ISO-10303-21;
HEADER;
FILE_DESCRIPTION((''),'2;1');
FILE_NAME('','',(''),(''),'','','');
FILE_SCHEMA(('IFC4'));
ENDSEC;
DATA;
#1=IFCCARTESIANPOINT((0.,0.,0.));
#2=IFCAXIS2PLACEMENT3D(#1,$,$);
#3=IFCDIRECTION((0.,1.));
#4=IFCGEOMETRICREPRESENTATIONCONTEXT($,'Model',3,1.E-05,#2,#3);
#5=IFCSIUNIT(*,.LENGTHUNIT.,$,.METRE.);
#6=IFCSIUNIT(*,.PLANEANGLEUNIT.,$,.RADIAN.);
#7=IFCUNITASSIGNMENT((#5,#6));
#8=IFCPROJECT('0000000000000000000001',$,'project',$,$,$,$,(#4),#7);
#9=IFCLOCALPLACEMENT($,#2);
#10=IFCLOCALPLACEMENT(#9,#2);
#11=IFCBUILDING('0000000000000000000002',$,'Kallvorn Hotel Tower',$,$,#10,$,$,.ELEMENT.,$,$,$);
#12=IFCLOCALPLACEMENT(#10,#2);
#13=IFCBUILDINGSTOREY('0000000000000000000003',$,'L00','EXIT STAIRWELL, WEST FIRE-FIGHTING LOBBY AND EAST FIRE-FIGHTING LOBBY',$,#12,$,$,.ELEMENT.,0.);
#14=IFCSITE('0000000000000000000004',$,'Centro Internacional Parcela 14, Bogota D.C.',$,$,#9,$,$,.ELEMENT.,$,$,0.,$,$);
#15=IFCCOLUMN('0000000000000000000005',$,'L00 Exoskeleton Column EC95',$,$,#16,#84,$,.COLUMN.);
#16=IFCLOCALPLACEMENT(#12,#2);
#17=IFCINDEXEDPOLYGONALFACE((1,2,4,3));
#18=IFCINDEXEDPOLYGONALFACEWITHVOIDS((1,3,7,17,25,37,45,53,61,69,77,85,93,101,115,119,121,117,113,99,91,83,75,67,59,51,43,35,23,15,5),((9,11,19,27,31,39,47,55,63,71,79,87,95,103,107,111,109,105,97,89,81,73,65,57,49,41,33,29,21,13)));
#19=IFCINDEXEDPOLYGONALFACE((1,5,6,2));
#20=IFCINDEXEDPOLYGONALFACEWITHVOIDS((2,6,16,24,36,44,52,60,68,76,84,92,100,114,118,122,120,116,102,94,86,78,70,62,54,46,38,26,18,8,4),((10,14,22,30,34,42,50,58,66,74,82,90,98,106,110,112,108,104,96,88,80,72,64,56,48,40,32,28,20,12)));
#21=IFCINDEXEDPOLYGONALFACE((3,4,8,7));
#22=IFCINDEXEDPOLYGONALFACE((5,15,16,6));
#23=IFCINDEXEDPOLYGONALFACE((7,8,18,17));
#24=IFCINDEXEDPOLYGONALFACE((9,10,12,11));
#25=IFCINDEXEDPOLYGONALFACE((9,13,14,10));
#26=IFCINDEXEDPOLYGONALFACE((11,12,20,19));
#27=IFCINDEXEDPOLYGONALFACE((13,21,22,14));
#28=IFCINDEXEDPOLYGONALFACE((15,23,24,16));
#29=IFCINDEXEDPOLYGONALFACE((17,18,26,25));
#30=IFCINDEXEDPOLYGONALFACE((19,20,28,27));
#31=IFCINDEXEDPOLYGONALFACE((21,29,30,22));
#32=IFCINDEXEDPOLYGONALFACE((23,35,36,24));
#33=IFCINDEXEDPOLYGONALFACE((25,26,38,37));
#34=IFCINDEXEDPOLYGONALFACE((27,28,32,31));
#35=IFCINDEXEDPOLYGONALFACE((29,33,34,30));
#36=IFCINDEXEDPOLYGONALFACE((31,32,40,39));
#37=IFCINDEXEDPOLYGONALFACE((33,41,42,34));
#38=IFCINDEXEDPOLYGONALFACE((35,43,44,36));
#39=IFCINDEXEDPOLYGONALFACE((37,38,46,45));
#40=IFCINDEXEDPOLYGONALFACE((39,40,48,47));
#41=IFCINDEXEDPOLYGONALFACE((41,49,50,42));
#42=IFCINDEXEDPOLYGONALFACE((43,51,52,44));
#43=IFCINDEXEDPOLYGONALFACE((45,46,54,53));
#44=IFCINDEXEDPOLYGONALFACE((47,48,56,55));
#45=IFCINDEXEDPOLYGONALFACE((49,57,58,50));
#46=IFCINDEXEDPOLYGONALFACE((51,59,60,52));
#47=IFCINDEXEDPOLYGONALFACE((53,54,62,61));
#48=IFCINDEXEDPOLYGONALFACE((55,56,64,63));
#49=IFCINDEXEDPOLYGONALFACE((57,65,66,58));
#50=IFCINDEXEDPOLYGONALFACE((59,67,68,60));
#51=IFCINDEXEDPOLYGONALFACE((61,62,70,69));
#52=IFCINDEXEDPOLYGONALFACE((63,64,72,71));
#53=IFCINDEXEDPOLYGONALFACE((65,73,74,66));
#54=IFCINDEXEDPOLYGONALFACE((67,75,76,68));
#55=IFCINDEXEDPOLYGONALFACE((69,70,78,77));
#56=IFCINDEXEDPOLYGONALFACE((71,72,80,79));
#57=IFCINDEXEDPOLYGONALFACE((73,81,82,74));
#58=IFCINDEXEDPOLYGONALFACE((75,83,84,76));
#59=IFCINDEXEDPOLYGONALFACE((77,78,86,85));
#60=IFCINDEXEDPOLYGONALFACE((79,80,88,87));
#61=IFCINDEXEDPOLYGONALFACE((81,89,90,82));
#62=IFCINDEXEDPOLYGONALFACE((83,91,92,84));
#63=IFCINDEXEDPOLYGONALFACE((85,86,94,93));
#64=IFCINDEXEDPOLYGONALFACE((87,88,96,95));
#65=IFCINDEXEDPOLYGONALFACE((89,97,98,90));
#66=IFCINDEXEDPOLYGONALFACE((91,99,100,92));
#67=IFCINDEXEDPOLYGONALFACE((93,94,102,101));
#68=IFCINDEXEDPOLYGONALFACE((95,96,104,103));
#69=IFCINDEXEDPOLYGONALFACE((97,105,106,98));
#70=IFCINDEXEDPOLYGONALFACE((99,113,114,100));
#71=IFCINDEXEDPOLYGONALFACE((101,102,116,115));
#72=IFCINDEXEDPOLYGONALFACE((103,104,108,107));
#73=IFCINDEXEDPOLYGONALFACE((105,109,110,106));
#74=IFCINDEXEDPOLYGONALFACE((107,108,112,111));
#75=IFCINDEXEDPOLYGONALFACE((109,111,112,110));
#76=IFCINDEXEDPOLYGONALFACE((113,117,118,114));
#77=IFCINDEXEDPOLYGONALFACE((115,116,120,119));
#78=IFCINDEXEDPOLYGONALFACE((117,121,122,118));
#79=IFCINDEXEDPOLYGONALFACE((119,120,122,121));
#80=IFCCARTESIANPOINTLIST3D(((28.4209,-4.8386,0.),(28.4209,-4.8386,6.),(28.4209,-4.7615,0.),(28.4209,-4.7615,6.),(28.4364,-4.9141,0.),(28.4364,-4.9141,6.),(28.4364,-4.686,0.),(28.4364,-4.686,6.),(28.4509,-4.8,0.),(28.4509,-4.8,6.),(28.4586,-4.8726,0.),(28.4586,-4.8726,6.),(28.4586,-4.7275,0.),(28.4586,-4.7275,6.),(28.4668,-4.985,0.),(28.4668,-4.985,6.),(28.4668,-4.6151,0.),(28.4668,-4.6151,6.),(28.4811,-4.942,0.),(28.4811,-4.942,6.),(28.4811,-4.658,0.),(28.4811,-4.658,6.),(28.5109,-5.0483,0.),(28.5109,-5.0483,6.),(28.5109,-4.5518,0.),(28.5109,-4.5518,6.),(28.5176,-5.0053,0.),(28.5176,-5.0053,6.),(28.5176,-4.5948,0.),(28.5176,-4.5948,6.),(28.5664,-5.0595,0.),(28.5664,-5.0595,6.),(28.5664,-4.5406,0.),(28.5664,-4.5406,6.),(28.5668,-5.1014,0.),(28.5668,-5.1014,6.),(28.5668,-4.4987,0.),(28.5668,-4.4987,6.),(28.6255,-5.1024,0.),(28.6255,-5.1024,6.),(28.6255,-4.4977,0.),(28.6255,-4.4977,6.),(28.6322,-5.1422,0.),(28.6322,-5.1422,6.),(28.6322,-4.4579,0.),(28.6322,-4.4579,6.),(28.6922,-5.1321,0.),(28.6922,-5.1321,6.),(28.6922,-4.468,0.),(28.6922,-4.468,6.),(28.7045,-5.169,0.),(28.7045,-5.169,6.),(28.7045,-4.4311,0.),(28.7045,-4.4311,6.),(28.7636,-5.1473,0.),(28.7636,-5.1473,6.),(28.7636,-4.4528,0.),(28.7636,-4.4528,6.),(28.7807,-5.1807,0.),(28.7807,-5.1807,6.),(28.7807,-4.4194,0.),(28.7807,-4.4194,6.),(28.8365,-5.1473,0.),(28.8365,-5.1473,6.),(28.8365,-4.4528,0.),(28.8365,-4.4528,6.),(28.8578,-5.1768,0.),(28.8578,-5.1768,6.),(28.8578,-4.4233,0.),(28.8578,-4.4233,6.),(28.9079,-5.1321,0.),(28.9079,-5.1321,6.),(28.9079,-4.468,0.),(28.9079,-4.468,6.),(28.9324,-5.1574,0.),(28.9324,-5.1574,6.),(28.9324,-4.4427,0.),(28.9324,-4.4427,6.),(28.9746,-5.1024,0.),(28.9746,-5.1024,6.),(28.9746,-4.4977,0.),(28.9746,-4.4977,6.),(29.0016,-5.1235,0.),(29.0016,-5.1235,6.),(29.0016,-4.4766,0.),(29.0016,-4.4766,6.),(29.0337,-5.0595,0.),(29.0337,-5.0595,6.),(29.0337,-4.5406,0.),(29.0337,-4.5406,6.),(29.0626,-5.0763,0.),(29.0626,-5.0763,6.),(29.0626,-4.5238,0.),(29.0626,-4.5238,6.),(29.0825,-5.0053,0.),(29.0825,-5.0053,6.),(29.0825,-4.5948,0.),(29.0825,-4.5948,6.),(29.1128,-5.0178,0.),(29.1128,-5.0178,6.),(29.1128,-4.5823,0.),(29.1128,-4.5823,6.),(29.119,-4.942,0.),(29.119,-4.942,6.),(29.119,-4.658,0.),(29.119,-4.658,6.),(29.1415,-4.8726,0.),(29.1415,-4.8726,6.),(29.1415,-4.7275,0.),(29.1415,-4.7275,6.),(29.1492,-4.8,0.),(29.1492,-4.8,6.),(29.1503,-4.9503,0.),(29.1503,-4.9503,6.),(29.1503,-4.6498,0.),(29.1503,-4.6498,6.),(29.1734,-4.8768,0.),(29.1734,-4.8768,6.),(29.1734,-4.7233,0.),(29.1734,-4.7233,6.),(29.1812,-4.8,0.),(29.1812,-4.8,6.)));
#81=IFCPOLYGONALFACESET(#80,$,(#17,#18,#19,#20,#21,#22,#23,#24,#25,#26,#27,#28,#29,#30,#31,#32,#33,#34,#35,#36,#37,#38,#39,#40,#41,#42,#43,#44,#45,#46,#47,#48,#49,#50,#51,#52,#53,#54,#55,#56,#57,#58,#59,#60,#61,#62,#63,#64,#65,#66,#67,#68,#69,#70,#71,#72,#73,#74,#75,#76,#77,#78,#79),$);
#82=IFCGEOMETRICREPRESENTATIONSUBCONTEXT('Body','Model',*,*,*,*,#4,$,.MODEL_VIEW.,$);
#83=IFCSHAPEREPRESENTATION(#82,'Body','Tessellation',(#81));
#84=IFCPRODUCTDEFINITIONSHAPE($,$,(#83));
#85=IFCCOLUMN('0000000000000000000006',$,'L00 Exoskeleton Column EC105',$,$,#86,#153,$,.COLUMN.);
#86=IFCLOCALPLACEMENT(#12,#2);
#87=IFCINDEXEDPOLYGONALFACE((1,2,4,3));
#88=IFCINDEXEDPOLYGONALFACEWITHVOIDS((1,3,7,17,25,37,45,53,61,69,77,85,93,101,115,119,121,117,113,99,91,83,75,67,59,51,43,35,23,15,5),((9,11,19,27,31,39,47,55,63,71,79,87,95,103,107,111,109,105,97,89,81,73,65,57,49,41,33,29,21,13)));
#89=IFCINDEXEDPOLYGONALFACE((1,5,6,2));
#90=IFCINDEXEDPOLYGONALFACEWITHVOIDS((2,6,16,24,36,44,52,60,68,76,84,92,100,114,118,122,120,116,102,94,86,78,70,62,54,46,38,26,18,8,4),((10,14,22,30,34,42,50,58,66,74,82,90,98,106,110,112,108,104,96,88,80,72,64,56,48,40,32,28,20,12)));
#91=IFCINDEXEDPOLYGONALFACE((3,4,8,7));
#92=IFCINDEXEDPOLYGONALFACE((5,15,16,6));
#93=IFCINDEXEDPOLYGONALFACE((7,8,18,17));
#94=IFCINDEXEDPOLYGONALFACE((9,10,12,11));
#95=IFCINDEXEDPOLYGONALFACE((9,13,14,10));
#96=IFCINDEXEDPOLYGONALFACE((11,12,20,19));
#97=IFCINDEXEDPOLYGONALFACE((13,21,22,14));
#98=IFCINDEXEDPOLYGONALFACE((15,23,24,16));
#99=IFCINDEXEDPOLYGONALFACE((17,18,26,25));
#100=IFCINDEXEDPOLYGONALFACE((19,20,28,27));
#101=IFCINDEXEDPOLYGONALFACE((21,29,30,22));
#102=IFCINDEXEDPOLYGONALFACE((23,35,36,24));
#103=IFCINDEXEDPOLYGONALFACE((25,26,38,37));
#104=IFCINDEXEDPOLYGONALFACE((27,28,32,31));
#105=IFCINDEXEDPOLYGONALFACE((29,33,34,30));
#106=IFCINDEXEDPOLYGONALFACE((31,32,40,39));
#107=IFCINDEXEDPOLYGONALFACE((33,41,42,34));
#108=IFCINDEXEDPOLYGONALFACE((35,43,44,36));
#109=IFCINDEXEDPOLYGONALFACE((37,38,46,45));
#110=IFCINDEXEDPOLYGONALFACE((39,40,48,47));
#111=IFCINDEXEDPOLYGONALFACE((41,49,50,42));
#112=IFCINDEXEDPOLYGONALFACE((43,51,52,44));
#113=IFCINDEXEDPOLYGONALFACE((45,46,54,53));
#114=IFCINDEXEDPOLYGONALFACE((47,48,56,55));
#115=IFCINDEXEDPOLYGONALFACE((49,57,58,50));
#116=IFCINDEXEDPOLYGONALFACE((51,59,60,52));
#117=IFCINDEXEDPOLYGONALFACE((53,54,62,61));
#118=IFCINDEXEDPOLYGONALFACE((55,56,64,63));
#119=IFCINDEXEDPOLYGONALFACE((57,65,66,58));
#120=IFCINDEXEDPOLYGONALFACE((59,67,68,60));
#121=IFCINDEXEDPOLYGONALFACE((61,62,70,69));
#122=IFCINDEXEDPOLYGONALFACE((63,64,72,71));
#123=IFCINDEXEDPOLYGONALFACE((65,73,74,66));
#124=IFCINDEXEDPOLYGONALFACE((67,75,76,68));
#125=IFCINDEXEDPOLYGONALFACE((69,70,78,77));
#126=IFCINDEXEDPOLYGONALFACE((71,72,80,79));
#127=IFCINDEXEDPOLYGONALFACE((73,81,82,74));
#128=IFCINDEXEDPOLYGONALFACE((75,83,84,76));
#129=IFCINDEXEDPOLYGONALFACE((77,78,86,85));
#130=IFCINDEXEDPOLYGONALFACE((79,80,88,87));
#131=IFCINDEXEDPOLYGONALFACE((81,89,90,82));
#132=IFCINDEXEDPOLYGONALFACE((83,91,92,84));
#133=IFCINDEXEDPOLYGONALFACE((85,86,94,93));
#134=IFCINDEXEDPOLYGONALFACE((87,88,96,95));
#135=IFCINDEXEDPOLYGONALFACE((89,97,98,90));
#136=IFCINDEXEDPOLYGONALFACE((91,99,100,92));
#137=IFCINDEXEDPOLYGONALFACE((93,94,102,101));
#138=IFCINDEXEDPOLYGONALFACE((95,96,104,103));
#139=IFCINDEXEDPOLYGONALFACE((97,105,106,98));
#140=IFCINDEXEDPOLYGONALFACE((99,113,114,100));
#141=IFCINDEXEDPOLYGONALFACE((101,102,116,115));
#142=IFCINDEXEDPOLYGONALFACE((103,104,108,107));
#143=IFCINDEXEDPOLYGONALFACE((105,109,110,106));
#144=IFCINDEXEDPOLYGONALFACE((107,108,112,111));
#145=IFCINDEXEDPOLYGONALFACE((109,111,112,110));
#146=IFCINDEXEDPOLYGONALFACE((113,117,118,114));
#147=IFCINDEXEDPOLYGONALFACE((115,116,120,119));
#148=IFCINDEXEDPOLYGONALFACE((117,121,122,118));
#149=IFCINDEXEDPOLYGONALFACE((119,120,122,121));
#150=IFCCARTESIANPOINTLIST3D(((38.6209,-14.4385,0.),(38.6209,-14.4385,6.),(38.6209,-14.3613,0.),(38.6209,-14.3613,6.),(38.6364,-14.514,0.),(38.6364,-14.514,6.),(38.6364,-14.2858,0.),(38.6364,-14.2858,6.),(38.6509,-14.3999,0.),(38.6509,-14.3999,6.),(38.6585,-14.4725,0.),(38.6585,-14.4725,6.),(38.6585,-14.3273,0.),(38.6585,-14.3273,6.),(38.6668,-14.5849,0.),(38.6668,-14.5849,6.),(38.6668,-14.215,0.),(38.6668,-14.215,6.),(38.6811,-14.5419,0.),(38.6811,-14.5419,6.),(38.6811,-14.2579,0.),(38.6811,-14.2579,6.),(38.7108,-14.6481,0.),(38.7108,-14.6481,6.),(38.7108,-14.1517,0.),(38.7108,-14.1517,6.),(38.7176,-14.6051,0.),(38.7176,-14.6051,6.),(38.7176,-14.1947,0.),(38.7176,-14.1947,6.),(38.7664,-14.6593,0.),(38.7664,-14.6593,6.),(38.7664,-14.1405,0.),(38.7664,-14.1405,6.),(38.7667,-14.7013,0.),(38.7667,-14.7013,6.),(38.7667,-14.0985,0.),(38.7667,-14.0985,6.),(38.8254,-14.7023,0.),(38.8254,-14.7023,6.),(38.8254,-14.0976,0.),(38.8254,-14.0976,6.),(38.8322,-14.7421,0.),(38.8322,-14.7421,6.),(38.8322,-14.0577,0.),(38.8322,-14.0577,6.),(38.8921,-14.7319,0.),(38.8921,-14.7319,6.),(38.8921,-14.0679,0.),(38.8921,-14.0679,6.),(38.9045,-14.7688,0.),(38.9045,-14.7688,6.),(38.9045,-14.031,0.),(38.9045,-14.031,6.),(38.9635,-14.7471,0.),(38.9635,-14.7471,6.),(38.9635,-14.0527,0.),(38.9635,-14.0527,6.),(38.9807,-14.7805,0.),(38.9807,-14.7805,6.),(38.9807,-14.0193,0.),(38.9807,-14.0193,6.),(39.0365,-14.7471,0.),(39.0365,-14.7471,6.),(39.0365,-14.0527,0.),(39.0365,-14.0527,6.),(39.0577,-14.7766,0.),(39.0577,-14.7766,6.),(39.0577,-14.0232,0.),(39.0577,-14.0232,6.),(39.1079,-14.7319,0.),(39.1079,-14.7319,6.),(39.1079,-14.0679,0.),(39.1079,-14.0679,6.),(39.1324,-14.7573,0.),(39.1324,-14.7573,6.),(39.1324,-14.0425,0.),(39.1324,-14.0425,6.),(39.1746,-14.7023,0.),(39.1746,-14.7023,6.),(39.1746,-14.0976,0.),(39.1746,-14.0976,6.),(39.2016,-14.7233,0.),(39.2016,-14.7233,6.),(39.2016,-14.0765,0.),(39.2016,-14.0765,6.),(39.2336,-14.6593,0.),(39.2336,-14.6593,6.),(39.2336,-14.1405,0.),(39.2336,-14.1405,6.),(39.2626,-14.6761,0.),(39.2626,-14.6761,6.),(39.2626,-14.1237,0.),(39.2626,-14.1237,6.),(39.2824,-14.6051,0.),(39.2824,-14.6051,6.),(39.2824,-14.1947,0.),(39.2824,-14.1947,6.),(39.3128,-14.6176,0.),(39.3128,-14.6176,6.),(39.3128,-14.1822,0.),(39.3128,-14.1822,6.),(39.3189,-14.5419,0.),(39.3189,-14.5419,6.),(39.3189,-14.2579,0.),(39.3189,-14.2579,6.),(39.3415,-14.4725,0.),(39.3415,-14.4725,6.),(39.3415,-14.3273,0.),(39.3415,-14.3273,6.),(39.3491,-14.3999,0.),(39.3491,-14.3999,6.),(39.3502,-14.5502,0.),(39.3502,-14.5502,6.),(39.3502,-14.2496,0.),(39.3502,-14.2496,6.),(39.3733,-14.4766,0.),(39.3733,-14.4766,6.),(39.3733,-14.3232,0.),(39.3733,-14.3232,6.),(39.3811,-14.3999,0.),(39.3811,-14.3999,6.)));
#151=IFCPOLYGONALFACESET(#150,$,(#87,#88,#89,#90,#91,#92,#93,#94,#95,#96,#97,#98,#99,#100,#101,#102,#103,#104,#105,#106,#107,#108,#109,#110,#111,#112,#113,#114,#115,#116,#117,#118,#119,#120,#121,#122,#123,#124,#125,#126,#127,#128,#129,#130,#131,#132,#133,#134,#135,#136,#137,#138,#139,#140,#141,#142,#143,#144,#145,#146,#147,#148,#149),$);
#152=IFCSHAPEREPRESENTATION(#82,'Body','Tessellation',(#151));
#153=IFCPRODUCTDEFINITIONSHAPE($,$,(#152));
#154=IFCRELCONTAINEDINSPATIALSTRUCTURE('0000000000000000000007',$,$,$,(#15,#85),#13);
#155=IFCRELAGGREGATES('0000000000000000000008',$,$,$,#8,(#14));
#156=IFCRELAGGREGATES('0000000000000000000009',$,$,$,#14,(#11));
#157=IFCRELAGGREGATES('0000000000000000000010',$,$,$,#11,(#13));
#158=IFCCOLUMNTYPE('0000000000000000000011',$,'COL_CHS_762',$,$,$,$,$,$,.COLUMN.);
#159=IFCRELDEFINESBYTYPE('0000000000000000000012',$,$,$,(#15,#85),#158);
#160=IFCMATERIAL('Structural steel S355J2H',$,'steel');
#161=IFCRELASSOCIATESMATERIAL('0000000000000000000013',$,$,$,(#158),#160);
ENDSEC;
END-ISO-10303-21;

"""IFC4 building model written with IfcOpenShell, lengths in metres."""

from ifc_helpers import new_model, si_unit, direction, frame, origin, origin_2d, place, context, subcontext, project, spatial, hollow_circle, extrude, material, material_profile, profile_set, type_object, element, save


model = new_model("IFC4")

# Units and contexts
model_context = context("Model", 3, precision=1e-05, world=origin(), true_north=direction((0.0, 1.0)))
body_context = subcontext(model_context, "Body", "Model", "MODEL_VIEW")
ifc_project = project(units=[si_unit("LENGTHUNIT", "METRE"), si_unit("PLANEANGLEUNIT", "RADIAN")], contexts=[model_context])

# Site, building, storey
site_placement = place(None, origin())
site = spatial("IfcSite", under=ifc_project, at=site_placement, Name="Centro Internacional Parcela 14, Bogota D.C.", CompositionType="ELEMENT", RefElevation=0.0)
building_placement = place(site_placement, origin())
building = spatial("IfcBuilding", under=site, at=building_placement, Name="Kallvorn Hotel Tower", CompositionType="ELEMENT")
storey_placement = place(building_placement, origin())
storey = spatial("IfcBuildingStorey", under=building, at=storey_placement, Name="L00", Description="EXIT STAIRWELL, WEST FIRE-FIGHTING LOBBY AND EAST FIRE-FIGHTING LOBBY", CompositionType="ELEMENT", Elevation=0.0)

# Columns
ifc_material_1 = material(Name="Structural steel S355J2H", Category="steel")
ifc_material_profile_1 = material_profile(ifc_material_1, hollow_circle(Radius=0.3811, WallThickness=0.032, at=origin_2d()), Name="CHS 762x32")
ifc_profile_set_1 = profile_set([ifc_material_profile_1], Name="Structural steel S355J2H")
column_type = type_object("IfcColumnType", Name="COL_CHS_762", PredefinedType="COLUMN", material=ifc_profile_set_1)
for number, where, z_axis, x_axis, name in (
    (1, (28.8, -4.8, 0.0), (0.0, 0.0, 1.0), (1.0, 0.0, 0.0), "L00 Exoskeleton Column EC95"),
    (2, (39.0, -14.3999, 0.0), (0.0, 0.0, 1.0), (1.0, 0.0, 0.0), "L00 Exoskeleton Column EC105"),
):
    element("IfcColumn", number, at=place(storey_placement, frame(where, z_axis=z_axis, x_axis=x_axis)), inside=storey, type_object=column_type, Name=name, PredefinedType="COLUMN", context=body_context, shape_type="SweptSolid", body=[
        extrude(hollow_circle(Radius=0.3811, WallThickness=0.032, at=origin_2d()), origin(), (0.0, 0.0, 1.0), 6.0),
    ])

save(model, "model.ifc")
